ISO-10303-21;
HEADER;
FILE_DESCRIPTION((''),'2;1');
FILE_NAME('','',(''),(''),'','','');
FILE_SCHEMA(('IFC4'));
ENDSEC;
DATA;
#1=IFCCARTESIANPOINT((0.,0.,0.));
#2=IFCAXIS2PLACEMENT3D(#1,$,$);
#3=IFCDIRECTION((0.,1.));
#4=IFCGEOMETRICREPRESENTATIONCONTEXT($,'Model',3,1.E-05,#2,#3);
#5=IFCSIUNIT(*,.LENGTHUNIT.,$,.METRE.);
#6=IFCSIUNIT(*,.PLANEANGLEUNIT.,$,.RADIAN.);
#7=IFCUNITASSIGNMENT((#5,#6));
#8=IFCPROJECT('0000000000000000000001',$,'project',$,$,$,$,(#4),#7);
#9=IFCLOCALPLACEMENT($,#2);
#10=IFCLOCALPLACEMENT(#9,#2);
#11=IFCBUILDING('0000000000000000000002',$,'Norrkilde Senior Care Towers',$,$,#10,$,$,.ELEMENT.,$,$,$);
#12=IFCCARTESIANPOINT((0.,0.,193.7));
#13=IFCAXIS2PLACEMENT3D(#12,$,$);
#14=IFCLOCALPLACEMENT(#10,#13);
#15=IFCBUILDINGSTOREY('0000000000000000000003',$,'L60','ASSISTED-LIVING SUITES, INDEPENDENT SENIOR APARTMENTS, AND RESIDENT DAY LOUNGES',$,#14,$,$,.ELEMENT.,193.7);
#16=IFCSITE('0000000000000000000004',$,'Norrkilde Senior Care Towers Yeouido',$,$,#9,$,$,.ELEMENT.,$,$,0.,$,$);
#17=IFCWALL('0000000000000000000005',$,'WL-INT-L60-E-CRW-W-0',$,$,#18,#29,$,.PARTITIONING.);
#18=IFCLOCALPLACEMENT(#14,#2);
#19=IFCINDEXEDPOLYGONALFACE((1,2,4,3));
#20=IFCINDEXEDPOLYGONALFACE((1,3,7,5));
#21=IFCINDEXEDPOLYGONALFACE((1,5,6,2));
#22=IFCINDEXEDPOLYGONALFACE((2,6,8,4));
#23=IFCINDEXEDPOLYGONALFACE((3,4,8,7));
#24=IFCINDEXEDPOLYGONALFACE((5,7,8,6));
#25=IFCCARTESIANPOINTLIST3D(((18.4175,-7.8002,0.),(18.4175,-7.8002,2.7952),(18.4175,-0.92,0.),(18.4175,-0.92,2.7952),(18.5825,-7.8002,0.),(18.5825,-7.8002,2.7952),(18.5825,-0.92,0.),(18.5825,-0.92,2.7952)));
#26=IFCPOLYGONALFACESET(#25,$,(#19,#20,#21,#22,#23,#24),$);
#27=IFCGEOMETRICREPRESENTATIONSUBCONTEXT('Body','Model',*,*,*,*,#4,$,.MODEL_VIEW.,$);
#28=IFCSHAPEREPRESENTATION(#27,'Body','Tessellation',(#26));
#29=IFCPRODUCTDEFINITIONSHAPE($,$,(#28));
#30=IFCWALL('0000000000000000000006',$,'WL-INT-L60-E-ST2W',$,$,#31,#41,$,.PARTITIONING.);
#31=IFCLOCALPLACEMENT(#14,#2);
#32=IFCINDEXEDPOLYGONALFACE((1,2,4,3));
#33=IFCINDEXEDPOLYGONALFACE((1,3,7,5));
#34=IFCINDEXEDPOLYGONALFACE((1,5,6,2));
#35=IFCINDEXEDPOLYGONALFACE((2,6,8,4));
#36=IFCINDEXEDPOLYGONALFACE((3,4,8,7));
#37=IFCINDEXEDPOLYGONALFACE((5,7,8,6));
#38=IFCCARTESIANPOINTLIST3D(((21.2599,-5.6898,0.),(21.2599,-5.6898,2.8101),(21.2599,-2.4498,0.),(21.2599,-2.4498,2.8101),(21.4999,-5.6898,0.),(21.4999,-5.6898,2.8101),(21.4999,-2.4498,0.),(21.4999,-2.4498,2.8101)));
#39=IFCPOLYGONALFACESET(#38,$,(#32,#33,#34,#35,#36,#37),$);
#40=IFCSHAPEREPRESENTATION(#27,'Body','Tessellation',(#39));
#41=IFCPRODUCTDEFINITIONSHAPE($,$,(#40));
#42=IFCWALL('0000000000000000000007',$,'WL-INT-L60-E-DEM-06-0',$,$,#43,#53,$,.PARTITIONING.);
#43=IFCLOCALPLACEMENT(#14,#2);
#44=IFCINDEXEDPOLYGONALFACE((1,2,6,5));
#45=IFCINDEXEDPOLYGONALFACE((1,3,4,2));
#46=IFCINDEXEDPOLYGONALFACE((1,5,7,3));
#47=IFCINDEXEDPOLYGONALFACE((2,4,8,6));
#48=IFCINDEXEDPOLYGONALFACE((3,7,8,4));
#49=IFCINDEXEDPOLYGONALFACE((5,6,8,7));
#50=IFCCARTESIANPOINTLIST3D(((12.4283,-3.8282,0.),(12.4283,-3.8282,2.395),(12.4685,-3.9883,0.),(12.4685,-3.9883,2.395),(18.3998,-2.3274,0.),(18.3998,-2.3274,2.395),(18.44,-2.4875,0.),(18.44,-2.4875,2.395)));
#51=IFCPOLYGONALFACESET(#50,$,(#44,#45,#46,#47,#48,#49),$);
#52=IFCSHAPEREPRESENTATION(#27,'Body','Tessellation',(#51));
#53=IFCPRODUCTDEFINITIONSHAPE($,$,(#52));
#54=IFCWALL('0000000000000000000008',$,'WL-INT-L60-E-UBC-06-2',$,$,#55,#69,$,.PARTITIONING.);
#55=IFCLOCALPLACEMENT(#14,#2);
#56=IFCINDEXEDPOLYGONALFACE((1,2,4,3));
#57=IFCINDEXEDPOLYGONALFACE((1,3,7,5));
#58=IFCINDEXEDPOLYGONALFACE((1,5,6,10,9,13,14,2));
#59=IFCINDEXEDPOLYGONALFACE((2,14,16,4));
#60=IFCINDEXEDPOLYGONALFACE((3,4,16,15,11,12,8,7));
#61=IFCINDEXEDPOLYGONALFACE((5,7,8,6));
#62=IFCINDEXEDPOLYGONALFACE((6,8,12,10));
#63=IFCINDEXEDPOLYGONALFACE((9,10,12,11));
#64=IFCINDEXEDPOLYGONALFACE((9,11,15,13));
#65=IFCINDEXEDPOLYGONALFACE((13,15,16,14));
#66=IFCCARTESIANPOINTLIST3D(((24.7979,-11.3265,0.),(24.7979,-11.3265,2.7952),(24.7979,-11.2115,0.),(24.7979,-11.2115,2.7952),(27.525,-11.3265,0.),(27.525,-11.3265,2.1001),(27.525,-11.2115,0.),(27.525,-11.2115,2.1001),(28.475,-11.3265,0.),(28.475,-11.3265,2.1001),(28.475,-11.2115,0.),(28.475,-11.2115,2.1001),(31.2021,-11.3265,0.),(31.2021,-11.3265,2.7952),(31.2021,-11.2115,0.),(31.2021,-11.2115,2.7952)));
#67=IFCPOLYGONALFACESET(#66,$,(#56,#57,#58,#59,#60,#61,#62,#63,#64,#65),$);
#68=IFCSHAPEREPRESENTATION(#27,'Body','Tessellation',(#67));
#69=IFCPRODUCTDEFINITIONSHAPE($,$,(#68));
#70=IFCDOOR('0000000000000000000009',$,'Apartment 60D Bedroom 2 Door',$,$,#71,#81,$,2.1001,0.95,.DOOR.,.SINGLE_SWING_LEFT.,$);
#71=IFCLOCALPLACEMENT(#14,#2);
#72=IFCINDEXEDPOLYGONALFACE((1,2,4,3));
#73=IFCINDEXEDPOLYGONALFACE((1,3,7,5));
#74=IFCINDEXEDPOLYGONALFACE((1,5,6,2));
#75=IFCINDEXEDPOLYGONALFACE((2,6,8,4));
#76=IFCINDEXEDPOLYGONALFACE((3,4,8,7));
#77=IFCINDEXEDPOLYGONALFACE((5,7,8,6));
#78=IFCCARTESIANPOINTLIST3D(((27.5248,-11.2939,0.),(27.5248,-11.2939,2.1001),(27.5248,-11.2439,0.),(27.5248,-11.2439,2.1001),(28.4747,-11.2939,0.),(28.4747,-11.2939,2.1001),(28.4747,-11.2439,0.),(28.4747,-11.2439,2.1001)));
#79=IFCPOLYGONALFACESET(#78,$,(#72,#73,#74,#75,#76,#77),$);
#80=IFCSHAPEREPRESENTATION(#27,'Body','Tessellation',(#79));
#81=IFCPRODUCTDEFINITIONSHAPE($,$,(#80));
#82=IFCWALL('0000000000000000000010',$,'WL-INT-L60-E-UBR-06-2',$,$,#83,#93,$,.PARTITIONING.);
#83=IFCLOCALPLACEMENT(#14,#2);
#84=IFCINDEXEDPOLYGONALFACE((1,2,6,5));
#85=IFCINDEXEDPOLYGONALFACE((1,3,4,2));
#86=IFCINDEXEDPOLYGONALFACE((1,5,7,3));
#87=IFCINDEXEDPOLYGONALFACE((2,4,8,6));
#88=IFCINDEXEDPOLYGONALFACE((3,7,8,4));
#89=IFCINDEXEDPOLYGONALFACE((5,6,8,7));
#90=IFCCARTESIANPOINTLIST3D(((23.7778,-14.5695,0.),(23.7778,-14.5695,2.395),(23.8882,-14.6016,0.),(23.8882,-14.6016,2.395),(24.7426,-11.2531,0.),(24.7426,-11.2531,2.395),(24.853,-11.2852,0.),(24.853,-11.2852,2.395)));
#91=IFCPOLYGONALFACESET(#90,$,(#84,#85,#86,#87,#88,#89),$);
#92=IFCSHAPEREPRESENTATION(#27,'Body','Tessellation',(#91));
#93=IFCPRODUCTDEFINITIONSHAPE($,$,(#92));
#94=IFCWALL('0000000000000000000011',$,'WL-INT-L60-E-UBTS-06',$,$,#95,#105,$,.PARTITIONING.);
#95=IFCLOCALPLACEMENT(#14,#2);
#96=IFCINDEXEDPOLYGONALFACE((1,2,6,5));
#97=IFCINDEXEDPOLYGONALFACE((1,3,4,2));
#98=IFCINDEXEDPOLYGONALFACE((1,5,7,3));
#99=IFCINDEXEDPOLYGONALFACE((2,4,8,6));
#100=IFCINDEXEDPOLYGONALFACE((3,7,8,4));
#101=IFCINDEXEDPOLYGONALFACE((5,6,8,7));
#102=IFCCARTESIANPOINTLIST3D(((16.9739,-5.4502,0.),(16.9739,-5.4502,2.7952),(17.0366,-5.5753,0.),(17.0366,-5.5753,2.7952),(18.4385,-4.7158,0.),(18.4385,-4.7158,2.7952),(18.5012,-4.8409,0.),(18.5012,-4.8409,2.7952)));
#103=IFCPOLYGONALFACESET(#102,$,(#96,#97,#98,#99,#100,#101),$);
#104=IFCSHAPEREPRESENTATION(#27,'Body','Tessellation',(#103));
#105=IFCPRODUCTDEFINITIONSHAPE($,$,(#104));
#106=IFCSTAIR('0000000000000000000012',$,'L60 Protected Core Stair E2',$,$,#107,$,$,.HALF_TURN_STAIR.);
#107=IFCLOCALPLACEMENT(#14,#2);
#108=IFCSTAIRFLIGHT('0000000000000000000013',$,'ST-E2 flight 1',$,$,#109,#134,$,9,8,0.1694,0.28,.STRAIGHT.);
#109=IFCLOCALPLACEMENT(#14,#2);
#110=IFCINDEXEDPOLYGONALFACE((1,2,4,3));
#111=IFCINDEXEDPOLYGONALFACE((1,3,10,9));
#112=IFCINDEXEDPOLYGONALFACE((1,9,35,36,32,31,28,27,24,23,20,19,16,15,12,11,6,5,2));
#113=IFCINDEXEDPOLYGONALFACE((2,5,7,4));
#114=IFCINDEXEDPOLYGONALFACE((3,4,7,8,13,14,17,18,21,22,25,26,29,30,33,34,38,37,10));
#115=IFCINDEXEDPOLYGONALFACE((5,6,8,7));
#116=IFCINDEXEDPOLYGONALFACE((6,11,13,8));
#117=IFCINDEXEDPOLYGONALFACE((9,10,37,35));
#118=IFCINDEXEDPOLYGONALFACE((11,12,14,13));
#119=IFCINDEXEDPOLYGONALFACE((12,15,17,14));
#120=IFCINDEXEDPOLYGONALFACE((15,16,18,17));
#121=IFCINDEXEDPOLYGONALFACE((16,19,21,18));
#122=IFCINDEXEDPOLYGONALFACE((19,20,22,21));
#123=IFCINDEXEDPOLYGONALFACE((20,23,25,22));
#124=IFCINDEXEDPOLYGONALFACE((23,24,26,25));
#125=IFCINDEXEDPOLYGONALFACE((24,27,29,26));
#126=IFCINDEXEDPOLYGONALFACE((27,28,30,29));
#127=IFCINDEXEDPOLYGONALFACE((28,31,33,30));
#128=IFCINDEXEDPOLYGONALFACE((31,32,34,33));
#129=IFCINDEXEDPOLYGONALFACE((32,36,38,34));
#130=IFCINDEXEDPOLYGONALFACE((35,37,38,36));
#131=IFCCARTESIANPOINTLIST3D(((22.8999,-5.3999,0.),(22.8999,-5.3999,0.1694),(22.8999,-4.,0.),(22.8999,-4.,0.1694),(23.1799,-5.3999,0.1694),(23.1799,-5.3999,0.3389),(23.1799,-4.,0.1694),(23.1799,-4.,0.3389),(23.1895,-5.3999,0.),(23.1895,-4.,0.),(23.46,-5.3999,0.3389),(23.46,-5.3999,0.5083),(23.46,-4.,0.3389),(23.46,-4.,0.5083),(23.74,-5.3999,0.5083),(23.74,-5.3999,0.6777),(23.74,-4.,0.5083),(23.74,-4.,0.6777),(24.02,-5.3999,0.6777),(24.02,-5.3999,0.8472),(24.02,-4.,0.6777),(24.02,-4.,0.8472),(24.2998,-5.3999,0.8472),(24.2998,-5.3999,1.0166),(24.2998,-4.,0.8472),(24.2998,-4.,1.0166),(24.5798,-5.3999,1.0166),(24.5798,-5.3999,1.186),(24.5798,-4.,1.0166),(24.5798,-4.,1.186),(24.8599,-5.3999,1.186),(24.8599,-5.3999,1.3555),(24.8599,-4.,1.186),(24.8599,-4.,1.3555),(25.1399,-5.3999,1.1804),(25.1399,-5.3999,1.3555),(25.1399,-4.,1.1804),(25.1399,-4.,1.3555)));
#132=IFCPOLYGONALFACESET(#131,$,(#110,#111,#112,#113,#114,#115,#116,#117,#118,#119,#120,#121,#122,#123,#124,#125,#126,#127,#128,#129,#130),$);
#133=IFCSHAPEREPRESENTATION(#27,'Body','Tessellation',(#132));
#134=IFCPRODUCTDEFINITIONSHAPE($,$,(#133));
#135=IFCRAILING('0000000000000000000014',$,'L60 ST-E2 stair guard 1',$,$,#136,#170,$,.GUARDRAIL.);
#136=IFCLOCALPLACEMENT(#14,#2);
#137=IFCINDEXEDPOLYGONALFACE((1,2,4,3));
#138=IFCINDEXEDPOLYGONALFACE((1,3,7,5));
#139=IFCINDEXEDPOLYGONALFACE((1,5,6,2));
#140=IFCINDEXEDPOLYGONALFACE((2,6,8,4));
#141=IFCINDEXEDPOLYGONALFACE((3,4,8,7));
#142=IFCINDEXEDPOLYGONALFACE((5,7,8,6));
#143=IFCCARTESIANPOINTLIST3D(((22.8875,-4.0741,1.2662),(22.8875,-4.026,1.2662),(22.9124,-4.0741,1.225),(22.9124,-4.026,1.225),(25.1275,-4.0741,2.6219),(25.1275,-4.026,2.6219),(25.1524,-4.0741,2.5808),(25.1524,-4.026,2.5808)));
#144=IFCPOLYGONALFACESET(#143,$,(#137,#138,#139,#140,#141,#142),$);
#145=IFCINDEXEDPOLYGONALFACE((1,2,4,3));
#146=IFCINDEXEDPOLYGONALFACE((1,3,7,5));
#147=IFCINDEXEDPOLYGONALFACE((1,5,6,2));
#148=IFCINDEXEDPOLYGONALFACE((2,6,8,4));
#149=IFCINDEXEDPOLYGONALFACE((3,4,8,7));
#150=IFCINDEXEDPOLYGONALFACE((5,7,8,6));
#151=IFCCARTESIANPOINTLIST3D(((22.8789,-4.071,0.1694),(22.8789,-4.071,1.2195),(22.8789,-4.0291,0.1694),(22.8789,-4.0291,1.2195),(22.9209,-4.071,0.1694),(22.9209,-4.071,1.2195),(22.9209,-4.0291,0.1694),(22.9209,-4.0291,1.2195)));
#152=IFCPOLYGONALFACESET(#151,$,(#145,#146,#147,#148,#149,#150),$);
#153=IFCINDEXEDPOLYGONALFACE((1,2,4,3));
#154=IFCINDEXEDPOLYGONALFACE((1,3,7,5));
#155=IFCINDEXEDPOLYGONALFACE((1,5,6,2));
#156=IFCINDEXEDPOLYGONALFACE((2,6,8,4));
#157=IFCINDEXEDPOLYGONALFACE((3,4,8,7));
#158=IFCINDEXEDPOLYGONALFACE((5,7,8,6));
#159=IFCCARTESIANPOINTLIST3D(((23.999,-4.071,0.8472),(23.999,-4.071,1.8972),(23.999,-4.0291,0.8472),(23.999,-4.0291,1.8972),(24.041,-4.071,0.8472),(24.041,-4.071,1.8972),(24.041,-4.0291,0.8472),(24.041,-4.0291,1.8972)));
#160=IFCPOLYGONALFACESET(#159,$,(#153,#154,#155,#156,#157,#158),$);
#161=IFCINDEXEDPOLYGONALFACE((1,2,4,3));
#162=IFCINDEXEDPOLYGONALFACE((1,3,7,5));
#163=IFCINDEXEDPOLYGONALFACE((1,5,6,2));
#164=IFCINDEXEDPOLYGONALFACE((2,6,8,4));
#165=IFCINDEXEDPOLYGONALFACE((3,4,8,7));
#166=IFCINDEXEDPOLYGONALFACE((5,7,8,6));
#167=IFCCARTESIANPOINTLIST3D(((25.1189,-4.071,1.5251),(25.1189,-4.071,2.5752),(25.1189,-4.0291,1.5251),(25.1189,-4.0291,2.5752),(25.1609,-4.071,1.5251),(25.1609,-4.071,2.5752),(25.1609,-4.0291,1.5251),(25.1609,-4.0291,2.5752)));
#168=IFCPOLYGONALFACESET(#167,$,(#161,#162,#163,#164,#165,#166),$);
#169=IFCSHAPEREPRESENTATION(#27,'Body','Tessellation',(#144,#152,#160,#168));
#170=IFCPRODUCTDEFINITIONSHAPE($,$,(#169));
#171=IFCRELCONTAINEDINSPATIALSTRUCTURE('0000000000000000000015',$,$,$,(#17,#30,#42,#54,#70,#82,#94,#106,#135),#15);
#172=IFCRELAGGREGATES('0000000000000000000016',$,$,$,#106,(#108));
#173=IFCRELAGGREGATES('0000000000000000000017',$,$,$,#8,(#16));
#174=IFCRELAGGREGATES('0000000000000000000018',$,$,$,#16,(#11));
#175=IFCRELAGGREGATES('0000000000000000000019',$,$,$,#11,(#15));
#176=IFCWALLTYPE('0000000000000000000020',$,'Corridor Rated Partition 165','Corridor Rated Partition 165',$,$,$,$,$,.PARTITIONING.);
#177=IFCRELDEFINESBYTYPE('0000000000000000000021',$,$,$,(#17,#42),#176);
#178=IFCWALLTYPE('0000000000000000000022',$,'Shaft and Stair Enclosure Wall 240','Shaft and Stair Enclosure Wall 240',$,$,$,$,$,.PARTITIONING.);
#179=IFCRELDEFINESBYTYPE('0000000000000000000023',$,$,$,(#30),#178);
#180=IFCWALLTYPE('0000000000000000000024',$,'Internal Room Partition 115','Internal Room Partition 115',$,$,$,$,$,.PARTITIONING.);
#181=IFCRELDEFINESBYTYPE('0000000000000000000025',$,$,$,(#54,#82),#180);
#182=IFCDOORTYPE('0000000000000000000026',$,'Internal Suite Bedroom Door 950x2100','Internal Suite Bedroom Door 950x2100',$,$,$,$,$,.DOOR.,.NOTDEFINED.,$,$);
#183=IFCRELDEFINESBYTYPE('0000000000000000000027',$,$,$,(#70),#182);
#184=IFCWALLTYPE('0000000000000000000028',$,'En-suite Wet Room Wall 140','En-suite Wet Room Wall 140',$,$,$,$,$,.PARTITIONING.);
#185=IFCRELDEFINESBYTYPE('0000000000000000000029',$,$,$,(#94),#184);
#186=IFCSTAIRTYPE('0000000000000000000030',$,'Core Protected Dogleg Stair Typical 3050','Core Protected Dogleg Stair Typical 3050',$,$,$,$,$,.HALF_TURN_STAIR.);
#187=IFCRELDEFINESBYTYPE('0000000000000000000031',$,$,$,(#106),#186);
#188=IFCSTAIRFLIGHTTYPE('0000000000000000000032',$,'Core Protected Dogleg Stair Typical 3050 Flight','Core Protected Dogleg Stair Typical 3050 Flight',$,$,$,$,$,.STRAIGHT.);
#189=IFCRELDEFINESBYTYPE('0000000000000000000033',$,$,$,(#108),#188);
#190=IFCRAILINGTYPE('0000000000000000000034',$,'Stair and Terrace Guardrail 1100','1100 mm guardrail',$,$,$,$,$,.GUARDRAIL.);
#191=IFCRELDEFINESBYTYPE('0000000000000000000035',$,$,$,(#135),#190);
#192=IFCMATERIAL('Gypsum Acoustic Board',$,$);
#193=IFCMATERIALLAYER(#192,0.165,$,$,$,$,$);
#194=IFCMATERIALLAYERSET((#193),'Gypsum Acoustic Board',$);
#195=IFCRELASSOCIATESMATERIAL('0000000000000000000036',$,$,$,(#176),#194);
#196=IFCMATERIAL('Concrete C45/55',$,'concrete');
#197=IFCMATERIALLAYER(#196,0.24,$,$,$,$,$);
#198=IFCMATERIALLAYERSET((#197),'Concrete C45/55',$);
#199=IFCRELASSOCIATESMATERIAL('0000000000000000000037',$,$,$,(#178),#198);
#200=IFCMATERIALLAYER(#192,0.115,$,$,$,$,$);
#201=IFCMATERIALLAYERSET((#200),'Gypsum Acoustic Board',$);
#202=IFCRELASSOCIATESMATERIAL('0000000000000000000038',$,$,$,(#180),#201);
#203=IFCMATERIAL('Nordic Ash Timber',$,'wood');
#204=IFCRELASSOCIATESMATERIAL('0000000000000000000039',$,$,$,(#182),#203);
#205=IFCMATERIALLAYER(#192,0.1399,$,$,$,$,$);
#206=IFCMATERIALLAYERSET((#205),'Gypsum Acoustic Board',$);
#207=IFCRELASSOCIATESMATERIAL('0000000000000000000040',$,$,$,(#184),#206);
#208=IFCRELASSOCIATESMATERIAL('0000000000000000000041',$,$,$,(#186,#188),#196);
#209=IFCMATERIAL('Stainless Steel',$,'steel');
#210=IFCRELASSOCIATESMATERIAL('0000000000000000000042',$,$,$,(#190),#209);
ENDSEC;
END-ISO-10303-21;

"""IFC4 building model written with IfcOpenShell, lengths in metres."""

from ifc_helpers import new_model, si_unit, direction, frame, frame_2d, origin, origin_2d, place, context, subcontext, project, spatial, polyline, rectangle, outline, extrude, source, transform, mapped, material, layer, layer_set, type_object, type_shapes, element, fill, aggregate, save


model = new_model("IFC4")

# Units and contexts
model_context = context("Model", 3, precision=1e-05, world=origin(), true_north=direction((0.0, 1.0)))
body_context = subcontext(model_context, "Body", "Model", "MODEL_VIEW")
ifc_project = project(units=[si_unit("LENGTHUNIT", "METRE"), si_unit("PLANEANGLEUNIT", "RADIAN")], contexts=[model_context])

# Site, building, storey
site_placement = place(None, origin())
site = spatial("IfcSite", under=ifc_project, at=site_placement, Name="Norrkilde Senior Care Towers Yeouido", CompositionType="ELEMENT", RefElevation=0.0)
building_placement = place(site_placement, origin())
building = spatial("IfcBuilding", under=site, at=building_placement, Name="Norrkilde Senior Care Towers", CompositionType="ELEMENT")
storey_placement = place(building_placement, frame((0.0, 0.0, 193.7)))
storey = spatial("IfcBuildingStorey", under=building, at=storey_placement, Name="L60", Description="ASSISTED-LIVING SUITES, INDEPENDENT SENIOR APARTMENTS, AND RESIDENT DAY LOUNGES", CompositionType="ELEMENT", Elevation=193.7)

# Wall
ifc_material_1 = material(Name="Gypsum Acoustic Board")
ifc_layer_1 = layer(ifc_material_1, 0.165)
ifc_layer_set_1 = layer_set([ifc_layer_1], Name="Gypsum Acoustic Board")
wall_type_1 = type_object("IfcWallType", Name="Corridor Rated Partition 165", Description="Corridor Rated Partition 165", PredefinedType="PARTITIONING", material=ifc_layer_set_1)
shared_shape_1 = source(origin(), body_context, "Body", "SweptSolid", [
    extrude(rectangle(XDim=6.8801, YDim=0.165, at=frame_2d((3.4399, 0.0))), origin(), (0.0, 0.0, 1.0), 2.7952),
])
wall_1_placement = place(storey_placement, frame((18.5, -7.8, 0.0), z_axis=(0.0, 0.0, 1.0), x_axis=(0.0, 1.0, 0.0)))
element("IfcWall", 1, at=wall_1_placement, inside=storey, type_object=wall_type_1, Name="WL-INT-L60-E-CRW-W-0", PredefinedType="PARTITIONING", context=body_context, shape_type="MappedRepresentation", body=[
    mapped(shared_shape_1, transform((0.0, 0.0, 0.0), x_axis=(1.0, 0.0, 0.0), y_axis=(0.0, 1.0, 0.0), z_axis=(0.0, 0.0, 1.0), scale=1.0)),
])

# Shared definitions
ifc_material_2 = material(Name="Concrete C45/55", Category="concrete")
ifc_layer_2 = layer(ifc_material_2, 0.24)
ifc_layer_set_2 = layer_set([ifc_layer_2], Name="Concrete C45/55")
wall_type_2 = type_object("IfcWallType", Name="Shaft and Stair Enclosure Wall 240", Description="Shaft and Stair Enclosure Wall 240", PredefinedType="PARTITIONING", material=ifc_layer_set_2)

# Walls
shared_shape_2 = source(origin(), body_context, "Body", "SweptSolid", [
    extrude(rectangle(XDim=3.24, YDim=0.24, at=frame_2d((1.6201, 0.0))), origin(), (0.0, 0.0, 1.0), 2.8101),
])
wall_2_placement = place(storey_placement, frame((21.3799, -5.6899, 0.0), z_axis=(0.0, 0.0, 1.0), x_axis=(0.0, 1.0, 0.0)))
element("IfcWall", 2, at=wall_2_placement, inside=storey, type_object=wall_type_2, Name="WL-INT-L60-E-ST2W", PredefinedType="PARTITIONING", context=body_context, shape_type="MappedRepresentation", body=[
    mapped(shared_shape_2, transform((0.0, 0.0, 0.0), x_axis=(1.0, 0.0, 0.0), y_axis=(0.0, 1.0, 0.0), z_axis=(0.0, 0.0, 1.0), scale=1.0)),
])
shared_shape_3 = source(origin(), body_context, "Body", "SweptSolid", [
    extrude(rectangle(XDim=6.1572, YDim=0.165, at=frame_2d((3.0786, 0.0))), origin(), (0.0, 0.0, 1.0), 2.395),
])
type_shapes(wall_type_1, [shared_shape_1, shared_shape_3])
wall_3_placement = place(storey_placement, frame((18.4199, -2.4075, 0.0), z_axis=(0.0, 0.0, 1.0), x_axis=(-0.969841, -0.243739, 0.0)))
element("IfcWall", 3, at=wall_3_placement, inside=storey, type_object=wall_type_1, Name="WL-INT-L60-E-DEM-06-0", PredefinedType="PARTITIONING", context=body_context, shape_type="MappedRepresentation", body=[
    mapped(shared_shape_3, transform((0.0, 0.0, 0.0), x_axis=(1.0, 0.0, 0.0), y_axis=(0.0, 1.0, 0.0), z_axis=(0.0, 0.0, 1.0), scale=1.0)),
])

# Wall, opening, door
ifc_layer_3 = layer(ifc_material_1, 0.115)
ifc_layer_set_3 = layer_set([ifc_layer_3], Name="Gypsum Acoustic Board")
wall_type_3 = type_object("IfcWallType", Name="Internal Room Partition 115", Description="Internal Room Partition 115", PredefinedType="PARTITIONING", material=ifc_layer_set_3)
shared_shape_4 = source(origin(), body_context, "Body", "SweptSolid", [
    extrude(rectangle(XDim=6.4043, YDim=0.115, at=frame_2d((3.2021, 0.0))), origin(), (0.0, 0.0, 1.0), 2.7952),
])
wall_4_placement = place(storey_placement, frame((24.7979, -11.269, 0.0), z_axis=(0.0, 0.0, 1.0), x_axis=(1.0, 0.0, 0.0)))
wall_4 = element("IfcWall", 4, at=wall_4_placement, inside=storey, type_object=wall_type_3, Name="WL-INT-L60-E-UBC-06-2", PredefinedType="PARTITIONING", context=body_context, shape_type="MappedRepresentation", body=[
    mapped(shared_shape_4, transform((0.0, 0.0, 0.0), x_axis=(1.0, 0.0, 0.0), y_axis=(0.0, 1.0, 0.0), z_axis=(0.0, 0.0, 1.0), scale=1.0)),
])
opening_1_placement = place(wall_4_placement, frame((2.7271, 0.0, 0.0)))
opening_1 = element("IfcOpeningElement", 5, at=opening_1_placement, cuts=wall_4, PredefinedType="OPENING", context=body_context, shape_type="SweptSolid", body=[
    extrude(rectangle(XDim=0.95, YDim=2.1001, at=frame_2d((0.4751, 1.05))), frame((0.0, 0.0674, 0.0), z_axis=(0.0, -1.0, 0.0), x_axis=(1.0, 0.0, 0.0)), (0.0, 0.0, 1.0), 0.135),
])
ifc_material_3 = material(Name="Nordic Ash Timber", Category="wood")
door_type_1 = type_object("IfcDoorType", Name="Internal Suite Bedroom Door 950x2100", Description="Internal Suite Bedroom Door 950x2100", OperationType="NOTDEFINED", PredefinedType="DOOR", material=ifc_material_3)
shared_shape_5 = source(origin(), body_context, "Body", "SweptSolid", [
    extrude(rectangle(XDim=0.95, YDim=2.1001, at=frame_2d((0.4751, 1.05))), frame((0.0, 0.0249, 0.0), z_axis=(0.0, -1.0, 0.0), x_axis=(1.0, 0.0, 0.0)), (0.0, 0.0, 1.0), 0.05),
])
type_shapes(door_type_1, [shared_shape_5])
door_1_placement = place(opening_1_placement, frame((0.95, 0.0, 0.0), z_axis=(0.0, 0.0, 1.0), x_axis=(-1.0, 0.0, 0.0)))
door_1 = element("IfcDoor", 6, at=door_1_placement, inside=storey, type_object=door_type_1, Name="Apartment 60D Bedroom 2 Door", OperationType="SINGLE_SWING_LEFT", OverallHeight=2.1001, OverallWidth=0.95, PredefinedType="DOOR", context=body_context, shape_type="MappedRepresentation", body=[
    mapped(shared_shape_5, transform((0.0, 0.0, 0.0), x_axis=(1.0, 0.0, 0.0), y_axis=(0.0, 1.0, 0.0), z_axis=(0.0, 0.0, 1.0), scale=1.0)),
])
fill(opening_1, door_1)

# Walls
shared_shape_6 = source(origin(), body_context, "Body", "SweptSolid", [
    extrude(rectangle(XDim=3.4539, YDim=0.115, at=frame_2d((1.7271, 0.0))), origin(), (0.0, 0.0, 1.0), 2.395),
])
type_shapes(wall_type_3, [shared_shape_4, shared_shape_6])
wall_5_placement = place(storey_placement, frame((24.7979, -11.269, 0.0), z_axis=(0.0, 0.0, 1.0), x_axis=(-0.279348, -0.96019, 0.0)))
element("IfcWall", 7, at=wall_5_placement, inside=storey, type_object=wall_type_3, Name="WL-INT-L60-E-UBR-06-2", PredefinedType="PARTITIONING", context=body_context, shape_type="MappedRepresentation", body=[
    mapped(shared_shape_6, transform((0.0, 0.0, 0.0), x_axis=(1.0, 0.0, 0.0), y_axis=(0.0, 1.0, 0.0), z_axis=(0.0, 0.0, 1.0), scale=1.0)),
])
ifc_layer_4 = layer(ifc_material_1, 0.1399)
ifc_layer_set_4 = layer_set([ifc_layer_4], Name="Gypsum Acoustic Board")
wall_type_4 = type_object("IfcWallType", Name="En-suite Wet Room Wall 140", Description="En-suite Wet Room Wall 140", PredefinedType="PARTITIONING", material=ifc_layer_set_4)
shared_shape_7 = source(origin(), body_context, "Body", "SweptSolid", [
    extrude(rectangle(XDim=1.6384, YDim=0.1399, at=frame_2d((0.8193, 0.0))), origin(), (0.0, 0.0, 1.0), 2.7952),
])
type_shapes(wall_type_4, [shared_shape_7])
wall_6_placement = place(storey_placement, frame((18.47, -4.7783, 0.0), z_axis=(0.0, 0.0, 1.0), x_axis=(-0.89392, -0.448227, 0.0)))
element("IfcWall", 8, at=wall_6_placement, inside=storey, type_object=wall_type_4, Name="WL-INT-L60-E-UBTS-06", PredefinedType="PARTITIONING", context=body_context, shape_type="MappedRepresentation", body=[
    mapped(shared_shape_7, transform((0.0, 0.0, 0.0), x_axis=(1.0, 0.0, 0.0), y_axis=(0.0, 1.0, 0.0), z_axis=(0.0, 0.0, 1.0), scale=1.0)),
])

# Stair, stair flight
stair_type = type_object("IfcStairType", Name="Core Protected Dogleg Stair Typical 3050", Description="Core Protected Dogleg Stair Typical 3050", PredefinedType="HALF_TURN_STAIR", material=ifc_material_2)
stair_placement = place(storey_placement, origin())
stair = element("IfcStair", 9, at=stair_placement, inside=storey, type_object=stair_type, Name="L60 Protected Core Stair E2", PredefinedType="HALF_TURN_STAIR")
stair_flight_type = type_object("IfcStairFlightType", Name="Core Protected Dogleg Stair Typical 3050 Flight", Description="Core Protected Dogleg Stair Typical 3050 Flight", PredefinedType="STRAIGHT", material=ifc_material_2)
stair_flight_placement = place(storey_placement, frame((22.8999, -4.7, 0.0), z_axis=(0.0, 0.0, 1.0), x_axis=(1.0, 0.0, 0.0)))
stair_flight = element("IfcStairFlight", 10, at=stair_flight_placement, type_object=stair_flight_type, Name="ST-E2 flight 1", NumberOfRisers=9, NumberOfTreads=8, PredefinedType="STRAIGHT", RiserHeight=0.1694, TreadLength=0.28, context=body_context, shape_type="SweptSolid", body=[
    extrude(outline(polyline([(0.0, 0.0), (0.0, 0.1694), (0.28, 0.1694), (0.28, 0.3389), (0.5601, 0.3389), (0.5601, 0.5083), (0.8401, 0.5083), (0.8401, 0.6777), (1.1201, 0.6777), (1.1201, 0.8472), (1.3999, 0.8472), (1.3999, 1.0166), (1.6799, 1.0166), (1.6799, 1.186), (1.96, 1.186), (1.96, 1.3555), (2.24, 1.3555), (2.24, 1.5249), (2.24, 1.1804), (0.2896, 0.0), (0.0, 0.0)])), frame((0.0, 0.7, 0.0), z_axis=(0.0, -1.0, 0.0), x_axis=(1.0, 0.0, 0.0)), (0.0, 0.0, 1.0), 1.3999),
])
aggregate(stair, [stair_flight])

# Railing
ifc_material_4 = material(Name="Stainless Steel", Category="steel")
railing_type_1 = type_object("IfcRailingType", Name="Stair and Terrace Guardrail 1100", Description="1100 mm guardrail", PredefinedType="GUARDRAIL", material=ifc_material_4)
railing_1_placement = place(storey_placement, frame((22.8999, -4.05, 0.1694)))
element("IfcRailing", 11, at=railing_1_placement, inside=storey, type_object=railing_type_1, Name="L60 ST-E2 stair guard 1", PredefinedType="GUARDRAIL", context=body_context, shape_type="SweptSolid", body=[
    extrude(rectangle(XDim=0.0481, YDim=0.0481, at=origin_2d()), frame((0.0, 0.0, 1.0762), z_axis=(0.855512, 0.0, 0.517783), x_axis=(0.0, 1.0, 0.0)), (0.0, 0.0, 1.0), 2.6184),
    extrude(rectangle(XDim=0.042, YDim=0.042, at=origin_2d()), origin(), (0.0, 0.0, 1.0), 1.05),
    extrude(rectangle(XDim=0.042, YDim=0.042, at=origin_2d()), frame((1.1201, 0.0, 0.6777)), (0.0, 0.0, 1.0), 1.05),
    extrude(rectangle(XDim=0.042, YDim=0.042, at=origin_2d()), frame((2.24, 0.0, 1.3557)), (0.0, 0.0, 1.0), 1.05),
])

save(model, "model.ifc")
